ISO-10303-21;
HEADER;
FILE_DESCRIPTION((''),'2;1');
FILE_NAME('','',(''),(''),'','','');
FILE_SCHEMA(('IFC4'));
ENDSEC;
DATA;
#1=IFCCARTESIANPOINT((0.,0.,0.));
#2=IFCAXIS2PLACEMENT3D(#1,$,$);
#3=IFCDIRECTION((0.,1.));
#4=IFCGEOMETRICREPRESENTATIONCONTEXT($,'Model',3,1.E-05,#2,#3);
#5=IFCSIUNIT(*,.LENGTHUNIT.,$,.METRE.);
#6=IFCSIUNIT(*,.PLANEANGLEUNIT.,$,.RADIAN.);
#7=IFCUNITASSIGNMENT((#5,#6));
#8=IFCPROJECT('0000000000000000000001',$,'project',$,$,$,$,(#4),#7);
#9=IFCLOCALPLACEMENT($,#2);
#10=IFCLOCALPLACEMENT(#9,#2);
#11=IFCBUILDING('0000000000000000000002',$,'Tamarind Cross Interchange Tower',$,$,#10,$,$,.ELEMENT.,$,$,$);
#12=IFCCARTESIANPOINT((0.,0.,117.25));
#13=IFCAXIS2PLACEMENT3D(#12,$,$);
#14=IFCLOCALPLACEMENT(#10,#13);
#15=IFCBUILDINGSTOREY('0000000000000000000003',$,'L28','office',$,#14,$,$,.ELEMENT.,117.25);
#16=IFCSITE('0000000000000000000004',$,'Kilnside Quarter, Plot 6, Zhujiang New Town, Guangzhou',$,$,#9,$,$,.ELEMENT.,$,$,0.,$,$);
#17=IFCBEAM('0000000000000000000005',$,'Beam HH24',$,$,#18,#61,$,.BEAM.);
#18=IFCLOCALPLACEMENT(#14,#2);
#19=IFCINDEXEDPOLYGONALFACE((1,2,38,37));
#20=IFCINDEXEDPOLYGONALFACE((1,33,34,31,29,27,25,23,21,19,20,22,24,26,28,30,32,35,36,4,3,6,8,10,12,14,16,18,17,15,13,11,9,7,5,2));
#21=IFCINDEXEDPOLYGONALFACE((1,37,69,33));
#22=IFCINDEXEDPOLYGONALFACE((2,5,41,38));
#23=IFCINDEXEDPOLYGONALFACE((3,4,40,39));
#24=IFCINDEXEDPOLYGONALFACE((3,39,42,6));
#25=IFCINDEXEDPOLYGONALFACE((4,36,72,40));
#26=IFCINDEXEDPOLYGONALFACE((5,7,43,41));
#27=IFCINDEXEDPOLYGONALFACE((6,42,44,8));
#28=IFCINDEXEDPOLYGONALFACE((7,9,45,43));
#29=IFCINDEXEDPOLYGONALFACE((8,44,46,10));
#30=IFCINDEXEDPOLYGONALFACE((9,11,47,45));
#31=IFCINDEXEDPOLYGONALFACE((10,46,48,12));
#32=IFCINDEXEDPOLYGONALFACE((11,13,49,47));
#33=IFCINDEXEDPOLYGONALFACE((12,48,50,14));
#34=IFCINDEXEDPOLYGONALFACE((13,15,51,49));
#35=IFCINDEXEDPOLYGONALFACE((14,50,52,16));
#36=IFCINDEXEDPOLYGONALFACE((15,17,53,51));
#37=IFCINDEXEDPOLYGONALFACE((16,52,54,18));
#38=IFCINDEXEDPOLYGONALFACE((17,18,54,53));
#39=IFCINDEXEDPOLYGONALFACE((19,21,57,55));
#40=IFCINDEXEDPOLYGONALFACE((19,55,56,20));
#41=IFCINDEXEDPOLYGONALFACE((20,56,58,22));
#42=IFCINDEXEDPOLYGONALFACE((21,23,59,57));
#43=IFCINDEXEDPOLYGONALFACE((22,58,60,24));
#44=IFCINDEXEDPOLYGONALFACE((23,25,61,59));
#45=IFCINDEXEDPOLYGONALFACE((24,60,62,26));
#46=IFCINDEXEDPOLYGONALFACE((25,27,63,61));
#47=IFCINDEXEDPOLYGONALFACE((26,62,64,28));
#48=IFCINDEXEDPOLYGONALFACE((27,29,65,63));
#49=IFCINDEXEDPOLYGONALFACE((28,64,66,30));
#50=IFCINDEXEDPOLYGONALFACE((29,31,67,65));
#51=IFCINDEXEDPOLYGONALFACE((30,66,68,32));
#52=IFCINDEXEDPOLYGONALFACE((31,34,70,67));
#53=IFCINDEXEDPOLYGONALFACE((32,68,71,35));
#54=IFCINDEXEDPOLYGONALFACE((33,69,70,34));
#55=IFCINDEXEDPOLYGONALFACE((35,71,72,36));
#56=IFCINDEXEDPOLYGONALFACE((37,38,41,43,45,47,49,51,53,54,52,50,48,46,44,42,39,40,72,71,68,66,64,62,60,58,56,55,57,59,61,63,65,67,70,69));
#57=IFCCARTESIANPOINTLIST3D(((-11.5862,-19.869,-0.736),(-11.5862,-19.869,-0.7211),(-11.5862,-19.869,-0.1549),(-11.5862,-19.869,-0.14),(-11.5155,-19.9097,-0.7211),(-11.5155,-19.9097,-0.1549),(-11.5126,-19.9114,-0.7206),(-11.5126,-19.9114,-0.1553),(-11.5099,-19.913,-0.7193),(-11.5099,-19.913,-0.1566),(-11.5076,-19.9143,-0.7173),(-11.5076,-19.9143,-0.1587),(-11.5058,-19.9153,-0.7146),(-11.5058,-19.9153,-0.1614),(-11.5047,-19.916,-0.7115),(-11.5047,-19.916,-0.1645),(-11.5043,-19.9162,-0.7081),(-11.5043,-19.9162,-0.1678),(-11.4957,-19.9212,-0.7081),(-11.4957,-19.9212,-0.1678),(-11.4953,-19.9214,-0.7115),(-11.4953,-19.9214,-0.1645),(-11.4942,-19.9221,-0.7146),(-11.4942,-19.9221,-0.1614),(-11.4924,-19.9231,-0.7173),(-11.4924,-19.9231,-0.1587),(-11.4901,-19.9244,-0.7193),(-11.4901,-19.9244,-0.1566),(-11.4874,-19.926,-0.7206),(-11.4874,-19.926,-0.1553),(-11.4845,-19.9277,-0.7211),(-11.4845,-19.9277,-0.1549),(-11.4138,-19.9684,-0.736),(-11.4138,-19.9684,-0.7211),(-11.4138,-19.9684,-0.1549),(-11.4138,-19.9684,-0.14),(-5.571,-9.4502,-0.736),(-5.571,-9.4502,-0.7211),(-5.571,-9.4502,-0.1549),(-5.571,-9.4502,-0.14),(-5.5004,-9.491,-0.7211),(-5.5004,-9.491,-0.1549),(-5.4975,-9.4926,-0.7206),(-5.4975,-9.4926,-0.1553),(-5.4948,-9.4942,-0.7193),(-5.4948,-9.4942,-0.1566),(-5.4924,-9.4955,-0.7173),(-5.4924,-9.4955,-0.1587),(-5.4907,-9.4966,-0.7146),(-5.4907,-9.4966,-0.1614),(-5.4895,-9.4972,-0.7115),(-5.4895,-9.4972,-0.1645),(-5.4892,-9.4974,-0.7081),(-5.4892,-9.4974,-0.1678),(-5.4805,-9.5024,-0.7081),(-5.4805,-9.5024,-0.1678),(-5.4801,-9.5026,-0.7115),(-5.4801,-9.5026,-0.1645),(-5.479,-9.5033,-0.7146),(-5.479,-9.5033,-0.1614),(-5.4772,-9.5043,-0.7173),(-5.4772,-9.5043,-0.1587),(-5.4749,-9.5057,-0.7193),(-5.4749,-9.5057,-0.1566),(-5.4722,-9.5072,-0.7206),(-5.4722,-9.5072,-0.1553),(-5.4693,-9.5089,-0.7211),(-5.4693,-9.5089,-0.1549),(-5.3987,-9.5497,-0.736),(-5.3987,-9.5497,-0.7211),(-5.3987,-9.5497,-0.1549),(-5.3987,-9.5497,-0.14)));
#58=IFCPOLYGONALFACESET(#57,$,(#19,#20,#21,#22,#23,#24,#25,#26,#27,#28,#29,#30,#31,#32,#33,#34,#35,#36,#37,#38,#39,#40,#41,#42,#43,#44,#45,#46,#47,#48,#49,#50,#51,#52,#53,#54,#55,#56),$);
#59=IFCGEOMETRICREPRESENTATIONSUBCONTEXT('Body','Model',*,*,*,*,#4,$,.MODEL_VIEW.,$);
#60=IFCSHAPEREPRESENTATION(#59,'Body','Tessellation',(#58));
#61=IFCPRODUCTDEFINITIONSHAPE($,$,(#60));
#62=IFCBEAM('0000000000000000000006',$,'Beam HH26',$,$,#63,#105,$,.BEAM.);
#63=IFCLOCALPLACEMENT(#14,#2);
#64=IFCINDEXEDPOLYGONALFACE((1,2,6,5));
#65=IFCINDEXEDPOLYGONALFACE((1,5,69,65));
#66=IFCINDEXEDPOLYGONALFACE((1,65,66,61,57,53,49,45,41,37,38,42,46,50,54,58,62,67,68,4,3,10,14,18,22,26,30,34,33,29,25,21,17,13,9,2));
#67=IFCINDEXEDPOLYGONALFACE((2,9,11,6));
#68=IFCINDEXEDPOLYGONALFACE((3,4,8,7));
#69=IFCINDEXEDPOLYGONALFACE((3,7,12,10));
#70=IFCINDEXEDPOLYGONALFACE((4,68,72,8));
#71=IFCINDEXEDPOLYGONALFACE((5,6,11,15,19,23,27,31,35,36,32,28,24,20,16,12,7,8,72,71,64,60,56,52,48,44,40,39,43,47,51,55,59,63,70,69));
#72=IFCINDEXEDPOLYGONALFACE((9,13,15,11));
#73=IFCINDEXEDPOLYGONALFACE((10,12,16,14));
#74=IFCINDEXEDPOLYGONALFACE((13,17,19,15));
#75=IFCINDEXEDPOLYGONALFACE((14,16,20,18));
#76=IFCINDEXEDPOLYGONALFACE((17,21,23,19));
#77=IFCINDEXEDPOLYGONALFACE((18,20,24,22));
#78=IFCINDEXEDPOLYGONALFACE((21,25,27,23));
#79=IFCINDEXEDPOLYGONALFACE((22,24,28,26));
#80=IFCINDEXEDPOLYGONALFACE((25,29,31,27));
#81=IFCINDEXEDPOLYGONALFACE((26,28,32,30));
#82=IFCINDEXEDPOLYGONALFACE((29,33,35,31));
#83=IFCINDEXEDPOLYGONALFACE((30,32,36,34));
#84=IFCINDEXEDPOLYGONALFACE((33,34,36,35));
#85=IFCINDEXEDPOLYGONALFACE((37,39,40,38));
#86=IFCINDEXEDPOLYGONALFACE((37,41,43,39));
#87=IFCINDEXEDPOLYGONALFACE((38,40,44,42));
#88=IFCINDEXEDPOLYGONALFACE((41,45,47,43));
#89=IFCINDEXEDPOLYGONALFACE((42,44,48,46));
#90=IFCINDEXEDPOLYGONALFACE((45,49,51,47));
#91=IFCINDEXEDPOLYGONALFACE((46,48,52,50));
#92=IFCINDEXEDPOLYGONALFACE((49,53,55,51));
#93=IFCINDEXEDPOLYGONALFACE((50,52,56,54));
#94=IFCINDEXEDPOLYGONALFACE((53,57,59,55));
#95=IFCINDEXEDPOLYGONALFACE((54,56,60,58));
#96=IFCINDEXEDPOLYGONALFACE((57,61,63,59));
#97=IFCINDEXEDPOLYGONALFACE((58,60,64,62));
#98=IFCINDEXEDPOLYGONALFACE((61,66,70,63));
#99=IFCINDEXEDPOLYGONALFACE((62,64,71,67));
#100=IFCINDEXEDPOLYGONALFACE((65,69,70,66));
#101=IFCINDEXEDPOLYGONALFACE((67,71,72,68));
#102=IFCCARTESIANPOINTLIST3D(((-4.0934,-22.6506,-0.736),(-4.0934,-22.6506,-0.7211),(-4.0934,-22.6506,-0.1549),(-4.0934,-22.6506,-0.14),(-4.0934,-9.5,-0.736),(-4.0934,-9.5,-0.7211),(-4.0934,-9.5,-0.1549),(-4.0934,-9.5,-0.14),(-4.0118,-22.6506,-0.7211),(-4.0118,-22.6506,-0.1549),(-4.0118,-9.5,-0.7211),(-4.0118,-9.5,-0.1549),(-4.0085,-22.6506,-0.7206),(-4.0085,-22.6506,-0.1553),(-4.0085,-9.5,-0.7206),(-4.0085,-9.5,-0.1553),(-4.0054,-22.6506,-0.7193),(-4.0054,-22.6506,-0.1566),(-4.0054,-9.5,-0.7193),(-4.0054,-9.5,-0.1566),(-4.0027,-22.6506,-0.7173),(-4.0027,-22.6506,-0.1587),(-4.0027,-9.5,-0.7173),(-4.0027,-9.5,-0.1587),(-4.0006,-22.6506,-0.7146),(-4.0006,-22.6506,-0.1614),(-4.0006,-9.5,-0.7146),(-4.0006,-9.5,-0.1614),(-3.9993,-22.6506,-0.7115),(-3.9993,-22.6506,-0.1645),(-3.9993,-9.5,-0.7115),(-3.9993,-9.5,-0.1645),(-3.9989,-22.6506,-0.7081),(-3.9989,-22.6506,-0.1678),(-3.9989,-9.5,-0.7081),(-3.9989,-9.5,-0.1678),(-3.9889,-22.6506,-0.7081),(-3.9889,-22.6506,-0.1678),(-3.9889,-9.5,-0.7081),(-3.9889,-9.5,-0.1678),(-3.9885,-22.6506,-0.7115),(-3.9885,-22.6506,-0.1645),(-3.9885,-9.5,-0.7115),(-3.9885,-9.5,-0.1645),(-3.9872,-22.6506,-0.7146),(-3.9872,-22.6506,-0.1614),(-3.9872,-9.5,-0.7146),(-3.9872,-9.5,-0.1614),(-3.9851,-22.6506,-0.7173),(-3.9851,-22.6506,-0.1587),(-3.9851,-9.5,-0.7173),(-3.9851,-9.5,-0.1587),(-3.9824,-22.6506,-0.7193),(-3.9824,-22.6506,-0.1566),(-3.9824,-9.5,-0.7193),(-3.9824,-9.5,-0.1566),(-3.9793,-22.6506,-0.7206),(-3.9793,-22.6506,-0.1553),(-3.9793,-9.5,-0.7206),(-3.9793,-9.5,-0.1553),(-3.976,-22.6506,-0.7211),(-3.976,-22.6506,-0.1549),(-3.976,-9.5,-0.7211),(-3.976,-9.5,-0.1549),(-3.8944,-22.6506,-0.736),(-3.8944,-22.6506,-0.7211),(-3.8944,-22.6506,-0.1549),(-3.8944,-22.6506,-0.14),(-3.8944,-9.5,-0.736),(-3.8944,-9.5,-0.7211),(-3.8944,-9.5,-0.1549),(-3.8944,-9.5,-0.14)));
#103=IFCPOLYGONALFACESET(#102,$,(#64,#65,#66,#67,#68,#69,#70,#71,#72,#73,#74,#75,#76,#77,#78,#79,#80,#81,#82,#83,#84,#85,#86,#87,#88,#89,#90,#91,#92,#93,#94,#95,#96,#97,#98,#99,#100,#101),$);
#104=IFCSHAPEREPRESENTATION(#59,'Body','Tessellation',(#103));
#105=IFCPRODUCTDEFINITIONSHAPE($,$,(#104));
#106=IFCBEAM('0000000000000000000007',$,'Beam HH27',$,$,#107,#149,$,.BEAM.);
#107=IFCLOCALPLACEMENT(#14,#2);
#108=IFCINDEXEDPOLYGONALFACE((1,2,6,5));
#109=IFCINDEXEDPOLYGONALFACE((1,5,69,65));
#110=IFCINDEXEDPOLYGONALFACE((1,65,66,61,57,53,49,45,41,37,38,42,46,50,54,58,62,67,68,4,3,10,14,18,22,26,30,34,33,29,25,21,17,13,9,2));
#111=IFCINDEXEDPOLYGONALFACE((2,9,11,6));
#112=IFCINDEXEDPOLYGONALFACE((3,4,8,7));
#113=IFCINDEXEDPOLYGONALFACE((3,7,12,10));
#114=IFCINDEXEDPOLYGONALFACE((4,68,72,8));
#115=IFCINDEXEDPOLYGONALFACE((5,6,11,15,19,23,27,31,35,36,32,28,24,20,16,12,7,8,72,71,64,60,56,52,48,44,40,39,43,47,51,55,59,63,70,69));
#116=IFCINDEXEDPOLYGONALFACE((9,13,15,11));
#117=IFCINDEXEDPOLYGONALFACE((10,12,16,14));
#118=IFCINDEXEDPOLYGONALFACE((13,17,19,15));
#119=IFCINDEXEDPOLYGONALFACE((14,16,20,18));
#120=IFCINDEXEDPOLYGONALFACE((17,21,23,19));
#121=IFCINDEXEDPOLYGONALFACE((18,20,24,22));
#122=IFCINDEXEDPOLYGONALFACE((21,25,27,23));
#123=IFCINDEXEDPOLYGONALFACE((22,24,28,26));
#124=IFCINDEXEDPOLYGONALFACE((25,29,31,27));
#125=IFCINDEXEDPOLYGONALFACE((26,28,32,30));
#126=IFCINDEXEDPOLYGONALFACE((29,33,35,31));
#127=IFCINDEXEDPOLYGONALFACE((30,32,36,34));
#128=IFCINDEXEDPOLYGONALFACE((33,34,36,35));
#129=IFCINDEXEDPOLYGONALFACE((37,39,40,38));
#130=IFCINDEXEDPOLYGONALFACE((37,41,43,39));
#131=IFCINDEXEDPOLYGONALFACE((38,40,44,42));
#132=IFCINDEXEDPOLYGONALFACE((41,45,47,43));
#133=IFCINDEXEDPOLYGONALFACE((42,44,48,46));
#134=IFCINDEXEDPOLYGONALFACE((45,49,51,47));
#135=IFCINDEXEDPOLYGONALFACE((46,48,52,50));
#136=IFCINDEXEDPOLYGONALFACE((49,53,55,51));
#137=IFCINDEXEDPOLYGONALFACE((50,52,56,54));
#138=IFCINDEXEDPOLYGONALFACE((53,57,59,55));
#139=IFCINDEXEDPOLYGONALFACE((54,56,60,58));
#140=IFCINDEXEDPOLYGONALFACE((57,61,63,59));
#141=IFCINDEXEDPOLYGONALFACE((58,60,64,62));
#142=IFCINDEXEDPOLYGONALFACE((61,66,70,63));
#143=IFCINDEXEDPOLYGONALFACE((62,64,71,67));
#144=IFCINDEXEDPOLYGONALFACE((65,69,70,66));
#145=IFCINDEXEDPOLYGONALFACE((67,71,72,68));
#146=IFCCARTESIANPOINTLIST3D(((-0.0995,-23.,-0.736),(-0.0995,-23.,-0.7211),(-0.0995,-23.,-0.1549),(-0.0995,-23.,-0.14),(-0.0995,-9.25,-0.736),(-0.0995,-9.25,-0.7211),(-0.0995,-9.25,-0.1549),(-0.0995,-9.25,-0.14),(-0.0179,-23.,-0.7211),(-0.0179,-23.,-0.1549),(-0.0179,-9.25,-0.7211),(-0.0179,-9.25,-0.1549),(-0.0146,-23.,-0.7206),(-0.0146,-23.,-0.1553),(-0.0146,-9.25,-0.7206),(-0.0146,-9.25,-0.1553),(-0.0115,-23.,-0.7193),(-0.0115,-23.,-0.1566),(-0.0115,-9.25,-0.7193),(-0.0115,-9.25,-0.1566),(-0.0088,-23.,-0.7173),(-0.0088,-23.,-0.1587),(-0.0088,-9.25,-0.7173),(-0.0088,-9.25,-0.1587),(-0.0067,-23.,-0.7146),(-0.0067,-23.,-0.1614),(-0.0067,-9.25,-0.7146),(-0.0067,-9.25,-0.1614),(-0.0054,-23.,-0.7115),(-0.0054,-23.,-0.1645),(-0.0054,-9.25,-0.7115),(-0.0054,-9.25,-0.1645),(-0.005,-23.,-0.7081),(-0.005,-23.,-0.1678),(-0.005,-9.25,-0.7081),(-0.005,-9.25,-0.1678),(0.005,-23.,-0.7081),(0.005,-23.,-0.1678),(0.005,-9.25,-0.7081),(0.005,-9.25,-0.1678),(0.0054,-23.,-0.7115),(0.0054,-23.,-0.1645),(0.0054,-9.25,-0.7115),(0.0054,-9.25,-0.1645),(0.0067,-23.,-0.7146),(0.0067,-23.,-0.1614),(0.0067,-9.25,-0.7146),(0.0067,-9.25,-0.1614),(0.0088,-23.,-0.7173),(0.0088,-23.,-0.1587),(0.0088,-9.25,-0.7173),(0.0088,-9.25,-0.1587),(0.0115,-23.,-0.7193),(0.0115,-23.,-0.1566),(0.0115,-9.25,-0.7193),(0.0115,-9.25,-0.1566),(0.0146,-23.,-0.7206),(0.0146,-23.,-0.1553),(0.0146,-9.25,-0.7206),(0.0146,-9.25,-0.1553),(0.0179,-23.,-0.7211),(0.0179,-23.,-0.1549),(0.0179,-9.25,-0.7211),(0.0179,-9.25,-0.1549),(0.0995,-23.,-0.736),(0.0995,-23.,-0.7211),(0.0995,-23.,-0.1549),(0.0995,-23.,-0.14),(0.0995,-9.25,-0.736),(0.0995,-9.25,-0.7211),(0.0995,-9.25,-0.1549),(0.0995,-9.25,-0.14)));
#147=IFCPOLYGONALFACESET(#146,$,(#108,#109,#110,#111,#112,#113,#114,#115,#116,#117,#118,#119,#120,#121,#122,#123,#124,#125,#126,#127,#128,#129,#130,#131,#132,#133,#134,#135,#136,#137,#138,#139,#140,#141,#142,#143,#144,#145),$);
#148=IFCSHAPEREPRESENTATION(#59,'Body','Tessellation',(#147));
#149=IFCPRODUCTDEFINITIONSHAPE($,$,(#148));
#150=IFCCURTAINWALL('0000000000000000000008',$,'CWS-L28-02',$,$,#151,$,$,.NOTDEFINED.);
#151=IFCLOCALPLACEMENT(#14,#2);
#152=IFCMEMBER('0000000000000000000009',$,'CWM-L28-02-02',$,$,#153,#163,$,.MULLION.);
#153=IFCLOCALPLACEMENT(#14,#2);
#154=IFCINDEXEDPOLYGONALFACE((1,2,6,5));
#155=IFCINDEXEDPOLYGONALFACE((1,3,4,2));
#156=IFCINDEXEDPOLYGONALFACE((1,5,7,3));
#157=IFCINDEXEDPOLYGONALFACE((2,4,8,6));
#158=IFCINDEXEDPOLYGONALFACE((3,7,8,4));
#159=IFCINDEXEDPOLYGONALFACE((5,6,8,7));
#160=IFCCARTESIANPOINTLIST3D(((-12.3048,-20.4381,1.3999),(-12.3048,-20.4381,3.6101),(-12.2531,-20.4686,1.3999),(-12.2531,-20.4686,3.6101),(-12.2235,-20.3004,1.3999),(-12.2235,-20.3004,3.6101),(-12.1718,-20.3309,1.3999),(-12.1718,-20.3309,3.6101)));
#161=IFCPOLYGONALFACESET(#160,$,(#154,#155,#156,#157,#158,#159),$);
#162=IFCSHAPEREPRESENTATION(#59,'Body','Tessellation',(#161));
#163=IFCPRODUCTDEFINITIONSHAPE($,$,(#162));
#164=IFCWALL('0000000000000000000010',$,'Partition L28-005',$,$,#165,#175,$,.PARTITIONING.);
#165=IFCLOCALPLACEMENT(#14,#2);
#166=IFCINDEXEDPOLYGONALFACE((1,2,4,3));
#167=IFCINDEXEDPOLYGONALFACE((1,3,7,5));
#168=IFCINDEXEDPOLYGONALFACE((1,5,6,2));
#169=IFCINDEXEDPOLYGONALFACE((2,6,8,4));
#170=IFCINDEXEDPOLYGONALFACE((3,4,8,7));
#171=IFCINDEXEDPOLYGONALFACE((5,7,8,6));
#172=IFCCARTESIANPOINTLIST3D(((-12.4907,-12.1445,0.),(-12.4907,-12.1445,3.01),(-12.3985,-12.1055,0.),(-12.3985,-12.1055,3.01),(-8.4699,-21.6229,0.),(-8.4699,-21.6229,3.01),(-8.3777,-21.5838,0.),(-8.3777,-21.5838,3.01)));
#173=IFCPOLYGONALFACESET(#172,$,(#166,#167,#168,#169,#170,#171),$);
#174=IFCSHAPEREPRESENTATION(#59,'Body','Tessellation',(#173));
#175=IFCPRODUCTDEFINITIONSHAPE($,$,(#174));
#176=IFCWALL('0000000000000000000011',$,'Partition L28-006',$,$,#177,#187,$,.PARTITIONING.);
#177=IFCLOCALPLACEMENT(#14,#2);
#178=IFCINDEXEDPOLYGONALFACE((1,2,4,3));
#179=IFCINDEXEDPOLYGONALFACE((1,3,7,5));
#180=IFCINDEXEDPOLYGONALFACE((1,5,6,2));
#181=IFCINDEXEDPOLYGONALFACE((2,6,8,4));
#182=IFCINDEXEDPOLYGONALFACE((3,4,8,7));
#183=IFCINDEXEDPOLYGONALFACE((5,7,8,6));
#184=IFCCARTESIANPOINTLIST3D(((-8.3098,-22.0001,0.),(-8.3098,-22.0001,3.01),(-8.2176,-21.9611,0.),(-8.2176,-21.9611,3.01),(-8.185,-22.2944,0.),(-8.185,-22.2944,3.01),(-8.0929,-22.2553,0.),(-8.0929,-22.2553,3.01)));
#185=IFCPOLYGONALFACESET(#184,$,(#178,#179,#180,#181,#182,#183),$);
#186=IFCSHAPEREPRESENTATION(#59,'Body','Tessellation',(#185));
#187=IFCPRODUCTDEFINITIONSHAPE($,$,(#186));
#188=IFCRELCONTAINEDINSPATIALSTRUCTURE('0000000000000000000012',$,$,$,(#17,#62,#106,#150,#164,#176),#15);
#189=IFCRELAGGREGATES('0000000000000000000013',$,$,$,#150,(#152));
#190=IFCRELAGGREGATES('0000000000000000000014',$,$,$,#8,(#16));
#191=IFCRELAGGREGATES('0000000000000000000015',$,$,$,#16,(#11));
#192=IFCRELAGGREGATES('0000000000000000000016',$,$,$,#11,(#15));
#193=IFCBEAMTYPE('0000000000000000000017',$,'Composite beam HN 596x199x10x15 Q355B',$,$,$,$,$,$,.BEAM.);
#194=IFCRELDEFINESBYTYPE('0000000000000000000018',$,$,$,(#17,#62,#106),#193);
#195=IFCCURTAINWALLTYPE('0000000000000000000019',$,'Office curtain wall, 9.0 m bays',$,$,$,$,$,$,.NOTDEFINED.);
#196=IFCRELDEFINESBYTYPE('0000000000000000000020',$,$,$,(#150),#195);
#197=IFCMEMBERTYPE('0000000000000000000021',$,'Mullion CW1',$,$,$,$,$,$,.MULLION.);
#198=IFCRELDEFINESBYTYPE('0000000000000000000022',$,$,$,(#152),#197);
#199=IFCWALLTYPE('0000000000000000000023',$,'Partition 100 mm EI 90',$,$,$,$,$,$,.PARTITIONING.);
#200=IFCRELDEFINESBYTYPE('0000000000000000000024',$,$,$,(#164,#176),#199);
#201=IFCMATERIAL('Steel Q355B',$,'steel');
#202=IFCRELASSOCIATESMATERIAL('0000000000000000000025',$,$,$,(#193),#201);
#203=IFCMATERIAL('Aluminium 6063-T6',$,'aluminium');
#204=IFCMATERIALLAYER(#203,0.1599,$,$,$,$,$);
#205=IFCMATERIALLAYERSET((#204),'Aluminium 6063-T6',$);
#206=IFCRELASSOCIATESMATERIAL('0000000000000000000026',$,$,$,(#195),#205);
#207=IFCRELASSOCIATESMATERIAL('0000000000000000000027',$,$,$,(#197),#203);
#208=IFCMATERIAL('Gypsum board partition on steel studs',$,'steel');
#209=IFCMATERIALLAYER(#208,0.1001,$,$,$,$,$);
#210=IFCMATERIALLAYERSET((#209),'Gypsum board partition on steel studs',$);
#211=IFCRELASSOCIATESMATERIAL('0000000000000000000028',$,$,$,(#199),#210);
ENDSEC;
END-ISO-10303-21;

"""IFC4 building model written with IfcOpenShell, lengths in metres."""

from ifc_helpers import new_model, si_unit, direction, frame, frame_2d, origin, origin_2d, place, context, subcontext, project, spatial, rectangle, i_section, extrude, material, layer, layer_set, material_profile, profile_set, type_object, element, aggregate, save


model = new_model("IFC4")

# Units and contexts
model_context = context("Model", 3, precision=1e-05, world=origin(), true_north=direction((0.0, 1.0)))
body_context = subcontext(model_context, "Body", "Model", "MODEL_VIEW")
ifc_project = project(units=[si_unit("LENGTHUNIT", "METRE"), si_unit("PLANEANGLEUNIT", "RADIAN")], contexts=[model_context])

# Site, building, storey
site_placement = place(None, origin())
site = spatial("IfcSite", under=ifc_project, at=site_placement, Name="Kilnside Quarter, Plot 6, Zhujiang New Town, Guangzhou", CompositionType="ELEMENT", RefElevation=0.0)
building_placement = place(site_placement, origin())
building = spatial("IfcBuilding", under=site, at=building_placement, Name="Tamarind Cross Interchange Tower", CompositionType="ELEMENT")
storey_placement = place(building_placement, frame((0.0, 0.0, 117.25)))
storey = spatial("IfcBuildingStorey", under=building, at=storey_placement, Name="L28", Description="office", CompositionType="ELEMENT", Elevation=117.25)

# Beams
ifc_material_1 = material(Name="Steel Q355B", Category="steel")
ifc_material_profile_1 = material_profile(ifc_material_1, i_section(OverallWidth=0.199, OverallDepth=0.5959, WebThickness=0.01, FlangeThickness=0.0149, FilletRadius=0.0129, at=origin_2d()), Name="HN 596x199x10x15")
ifc_profile_set_1 = profile_set([ifc_material_profile_1], Name="Steel Q355B")
beam_type = type_object("IfcBeamType", Name="Composite beam HN 596x199x10x15 Q355B", PredefinedType="BEAM", material=ifc_profile_set_1)
beam_1_placement = place(storey_placement, frame((-11.5, -19.9187, -0.438), z_axis=(0.499994, 0.866029, 0.0), x_axis=(-0.866029, 0.499994, 0.0)))
element("IfcBeam", 1, at=beam_1_placement, inside=storey, type_object=beam_type, Name="Beam HH24", PredefinedType="BEAM", context=body_context, shape_type="SweptSolid", body=[
    extrude(i_section(OverallWidth=0.199, OverallDepth=0.5959, WebThickness=0.01, FlangeThickness=0.0149, FilletRadius=0.0129, at=origin_2d()), origin(), (0.0, 0.0, 1.0), 12.0305),
])
beam_2_placement = place(storey_placement, frame((-3.9939, -22.6506, -0.438), z_axis=(0.0, 1.0, 0.0), x_axis=(-1.0, 0.0, 0.0)))
element("IfcBeam", 2, at=beam_2_placement, inside=storey, type_object=beam_type, Name="Beam HH26", PredefinedType="BEAM", context=body_context, shape_type="SweptSolid", body=[
    extrude(i_section(OverallWidth=0.199, OverallDepth=0.5959, WebThickness=0.01, FlangeThickness=0.0149, FilletRadius=0.0129, at=origin_2d()), origin(), (0.0, 0.0, 1.0), 13.1506),
])
beam_3_placement = place(storey_placement, frame((0.0, -23.0, -0.438), z_axis=(0.0, 1.0, 0.0), x_axis=(-1.0, 0.0, 0.0)))
element("IfcBeam", 3, at=beam_3_placement, inside=storey, type_object=beam_type, Name="Beam HH27", PredefinedType="BEAM", context=body_context, shape_type="SweptSolid", body=[
    extrude(i_section(OverallWidth=0.199, OverallDepth=0.5959, WebThickness=0.01, FlangeThickness=0.0149, FilletRadius=0.0129, at=origin_2d()), origin(), (0.0, 0.0, 1.0), 13.75),
])

# Curtain wall, member
ifc_material_2 = material(Name="Aluminium 6063-T6", Category="aluminium")
ifc_layer_1 = layer(ifc_material_2, 0.1599)
ifc_layer_set_1 = layer_set([ifc_layer_1], Name="Aluminium 6063-T6")
curtain_wall_type = type_object("IfcCurtainWallType", Name="Office curtain wall, 9.0 m bays", PredefinedType="NOTDEFINED", material=ifc_layer_set_1)
curtain_wall_placement = place(storey_placement, origin())
curtain_wall = element("IfcCurtainWall", 4, at=curtain_wall_placement, inside=storey, type_object=curtain_wall_type, Name="CWS-L28-02", PredefinedType="NOTDEFINED")
ifc_material_profile_2 = material_profile(ifc_material_2, rectangle(XDim=0.0601, YDim=0.1599, at=origin_2d()), Name="Mullion CW1")
ifc_profile_set_2 = profile_set([ifc_material_profile_2], Name="Aluminium 6063-T6")
member_type = type_object("IfcMemberType", Name="Mullion CW1", PredefinedType="MULLION", material=ifc_profile_set_2)
member_placement = place(storey_placement, frame((-12.2383, -20.3845, 1.3999), z_axis=(0.0, 0.0, 1.0), x_axis=(0.861249, -0.508183, 0.0)))
member = element("IfcMember", 5, at=member_placement, type_object=member_type, Name="CWM-L28-02-02", PredefinedType="MULLION", context=body_context, shape_type="SweptSolid", body=[
    extrude(rectangle(XDim=0.0601, YDim=0.1599, at=origin_2d()), origin(), (0.0, 0.0, 1.0), 2.2102),
])
aggregate(curtain_wall, [member])

# Walls
ifc_material_3 = material(Name="Gypsum board partition on steel studs", Category="steel")
ifc_layer_2 = layer(ifc_material_3, 0.1001)
ifc_layer_set_2 = layer_set([ifc_layer_2], Name="Gypsum board partition on steel studs")
wall_type_1 = type_object("IfcWallType", Name="Partition 100 mm EI 90", PredefinedType="PARTITIONING", material=ifc_layer_set_2)
wall_1_placement = place(storey_placement, frame((-12.4446, -12.125, 0.0), z_axis=(0.0, 0.0, 1.0), x_axis=(0.390522, -0.920593, 0.0)))
element("IfcWall", 6, at=wall_1_placement, inside=storey, type_object=wall_type_1, Name="Partition L28-005", PredefinedType="PARTITIONING", context=body_context, shape_type="SweptSolid", body=[
    extrude(rectangle(XDim=10.2959, YDim=0.1001, at=frame_2d((5.1479, 0.0))), origin(), (0.0, 0.0, 1.0), 3.01),
])
wall_2_placement = place(storey_placement, frame((-8.2637, -21.9807, 0.0), z_axis=(0.0, 0.0, 1.0), x_axis=(0.390412, -0.92064, 0.0)))
element("IfcWall", 7, at=wall_2_placement, inside=storey, type_object=wall_type_1, Name="Partition L28-006", PredefinedType="PARTITIONING", context=body_context, shape_type="SweptSolid", body=[
    extrude(rectangle(XDim=0.3196, YDim=0.1001, at=frame_2d((0.1597, 0.0))), origin(), (0.0, 0.0, 1.0), 3.01),
])

save(model, "model.ifc")
